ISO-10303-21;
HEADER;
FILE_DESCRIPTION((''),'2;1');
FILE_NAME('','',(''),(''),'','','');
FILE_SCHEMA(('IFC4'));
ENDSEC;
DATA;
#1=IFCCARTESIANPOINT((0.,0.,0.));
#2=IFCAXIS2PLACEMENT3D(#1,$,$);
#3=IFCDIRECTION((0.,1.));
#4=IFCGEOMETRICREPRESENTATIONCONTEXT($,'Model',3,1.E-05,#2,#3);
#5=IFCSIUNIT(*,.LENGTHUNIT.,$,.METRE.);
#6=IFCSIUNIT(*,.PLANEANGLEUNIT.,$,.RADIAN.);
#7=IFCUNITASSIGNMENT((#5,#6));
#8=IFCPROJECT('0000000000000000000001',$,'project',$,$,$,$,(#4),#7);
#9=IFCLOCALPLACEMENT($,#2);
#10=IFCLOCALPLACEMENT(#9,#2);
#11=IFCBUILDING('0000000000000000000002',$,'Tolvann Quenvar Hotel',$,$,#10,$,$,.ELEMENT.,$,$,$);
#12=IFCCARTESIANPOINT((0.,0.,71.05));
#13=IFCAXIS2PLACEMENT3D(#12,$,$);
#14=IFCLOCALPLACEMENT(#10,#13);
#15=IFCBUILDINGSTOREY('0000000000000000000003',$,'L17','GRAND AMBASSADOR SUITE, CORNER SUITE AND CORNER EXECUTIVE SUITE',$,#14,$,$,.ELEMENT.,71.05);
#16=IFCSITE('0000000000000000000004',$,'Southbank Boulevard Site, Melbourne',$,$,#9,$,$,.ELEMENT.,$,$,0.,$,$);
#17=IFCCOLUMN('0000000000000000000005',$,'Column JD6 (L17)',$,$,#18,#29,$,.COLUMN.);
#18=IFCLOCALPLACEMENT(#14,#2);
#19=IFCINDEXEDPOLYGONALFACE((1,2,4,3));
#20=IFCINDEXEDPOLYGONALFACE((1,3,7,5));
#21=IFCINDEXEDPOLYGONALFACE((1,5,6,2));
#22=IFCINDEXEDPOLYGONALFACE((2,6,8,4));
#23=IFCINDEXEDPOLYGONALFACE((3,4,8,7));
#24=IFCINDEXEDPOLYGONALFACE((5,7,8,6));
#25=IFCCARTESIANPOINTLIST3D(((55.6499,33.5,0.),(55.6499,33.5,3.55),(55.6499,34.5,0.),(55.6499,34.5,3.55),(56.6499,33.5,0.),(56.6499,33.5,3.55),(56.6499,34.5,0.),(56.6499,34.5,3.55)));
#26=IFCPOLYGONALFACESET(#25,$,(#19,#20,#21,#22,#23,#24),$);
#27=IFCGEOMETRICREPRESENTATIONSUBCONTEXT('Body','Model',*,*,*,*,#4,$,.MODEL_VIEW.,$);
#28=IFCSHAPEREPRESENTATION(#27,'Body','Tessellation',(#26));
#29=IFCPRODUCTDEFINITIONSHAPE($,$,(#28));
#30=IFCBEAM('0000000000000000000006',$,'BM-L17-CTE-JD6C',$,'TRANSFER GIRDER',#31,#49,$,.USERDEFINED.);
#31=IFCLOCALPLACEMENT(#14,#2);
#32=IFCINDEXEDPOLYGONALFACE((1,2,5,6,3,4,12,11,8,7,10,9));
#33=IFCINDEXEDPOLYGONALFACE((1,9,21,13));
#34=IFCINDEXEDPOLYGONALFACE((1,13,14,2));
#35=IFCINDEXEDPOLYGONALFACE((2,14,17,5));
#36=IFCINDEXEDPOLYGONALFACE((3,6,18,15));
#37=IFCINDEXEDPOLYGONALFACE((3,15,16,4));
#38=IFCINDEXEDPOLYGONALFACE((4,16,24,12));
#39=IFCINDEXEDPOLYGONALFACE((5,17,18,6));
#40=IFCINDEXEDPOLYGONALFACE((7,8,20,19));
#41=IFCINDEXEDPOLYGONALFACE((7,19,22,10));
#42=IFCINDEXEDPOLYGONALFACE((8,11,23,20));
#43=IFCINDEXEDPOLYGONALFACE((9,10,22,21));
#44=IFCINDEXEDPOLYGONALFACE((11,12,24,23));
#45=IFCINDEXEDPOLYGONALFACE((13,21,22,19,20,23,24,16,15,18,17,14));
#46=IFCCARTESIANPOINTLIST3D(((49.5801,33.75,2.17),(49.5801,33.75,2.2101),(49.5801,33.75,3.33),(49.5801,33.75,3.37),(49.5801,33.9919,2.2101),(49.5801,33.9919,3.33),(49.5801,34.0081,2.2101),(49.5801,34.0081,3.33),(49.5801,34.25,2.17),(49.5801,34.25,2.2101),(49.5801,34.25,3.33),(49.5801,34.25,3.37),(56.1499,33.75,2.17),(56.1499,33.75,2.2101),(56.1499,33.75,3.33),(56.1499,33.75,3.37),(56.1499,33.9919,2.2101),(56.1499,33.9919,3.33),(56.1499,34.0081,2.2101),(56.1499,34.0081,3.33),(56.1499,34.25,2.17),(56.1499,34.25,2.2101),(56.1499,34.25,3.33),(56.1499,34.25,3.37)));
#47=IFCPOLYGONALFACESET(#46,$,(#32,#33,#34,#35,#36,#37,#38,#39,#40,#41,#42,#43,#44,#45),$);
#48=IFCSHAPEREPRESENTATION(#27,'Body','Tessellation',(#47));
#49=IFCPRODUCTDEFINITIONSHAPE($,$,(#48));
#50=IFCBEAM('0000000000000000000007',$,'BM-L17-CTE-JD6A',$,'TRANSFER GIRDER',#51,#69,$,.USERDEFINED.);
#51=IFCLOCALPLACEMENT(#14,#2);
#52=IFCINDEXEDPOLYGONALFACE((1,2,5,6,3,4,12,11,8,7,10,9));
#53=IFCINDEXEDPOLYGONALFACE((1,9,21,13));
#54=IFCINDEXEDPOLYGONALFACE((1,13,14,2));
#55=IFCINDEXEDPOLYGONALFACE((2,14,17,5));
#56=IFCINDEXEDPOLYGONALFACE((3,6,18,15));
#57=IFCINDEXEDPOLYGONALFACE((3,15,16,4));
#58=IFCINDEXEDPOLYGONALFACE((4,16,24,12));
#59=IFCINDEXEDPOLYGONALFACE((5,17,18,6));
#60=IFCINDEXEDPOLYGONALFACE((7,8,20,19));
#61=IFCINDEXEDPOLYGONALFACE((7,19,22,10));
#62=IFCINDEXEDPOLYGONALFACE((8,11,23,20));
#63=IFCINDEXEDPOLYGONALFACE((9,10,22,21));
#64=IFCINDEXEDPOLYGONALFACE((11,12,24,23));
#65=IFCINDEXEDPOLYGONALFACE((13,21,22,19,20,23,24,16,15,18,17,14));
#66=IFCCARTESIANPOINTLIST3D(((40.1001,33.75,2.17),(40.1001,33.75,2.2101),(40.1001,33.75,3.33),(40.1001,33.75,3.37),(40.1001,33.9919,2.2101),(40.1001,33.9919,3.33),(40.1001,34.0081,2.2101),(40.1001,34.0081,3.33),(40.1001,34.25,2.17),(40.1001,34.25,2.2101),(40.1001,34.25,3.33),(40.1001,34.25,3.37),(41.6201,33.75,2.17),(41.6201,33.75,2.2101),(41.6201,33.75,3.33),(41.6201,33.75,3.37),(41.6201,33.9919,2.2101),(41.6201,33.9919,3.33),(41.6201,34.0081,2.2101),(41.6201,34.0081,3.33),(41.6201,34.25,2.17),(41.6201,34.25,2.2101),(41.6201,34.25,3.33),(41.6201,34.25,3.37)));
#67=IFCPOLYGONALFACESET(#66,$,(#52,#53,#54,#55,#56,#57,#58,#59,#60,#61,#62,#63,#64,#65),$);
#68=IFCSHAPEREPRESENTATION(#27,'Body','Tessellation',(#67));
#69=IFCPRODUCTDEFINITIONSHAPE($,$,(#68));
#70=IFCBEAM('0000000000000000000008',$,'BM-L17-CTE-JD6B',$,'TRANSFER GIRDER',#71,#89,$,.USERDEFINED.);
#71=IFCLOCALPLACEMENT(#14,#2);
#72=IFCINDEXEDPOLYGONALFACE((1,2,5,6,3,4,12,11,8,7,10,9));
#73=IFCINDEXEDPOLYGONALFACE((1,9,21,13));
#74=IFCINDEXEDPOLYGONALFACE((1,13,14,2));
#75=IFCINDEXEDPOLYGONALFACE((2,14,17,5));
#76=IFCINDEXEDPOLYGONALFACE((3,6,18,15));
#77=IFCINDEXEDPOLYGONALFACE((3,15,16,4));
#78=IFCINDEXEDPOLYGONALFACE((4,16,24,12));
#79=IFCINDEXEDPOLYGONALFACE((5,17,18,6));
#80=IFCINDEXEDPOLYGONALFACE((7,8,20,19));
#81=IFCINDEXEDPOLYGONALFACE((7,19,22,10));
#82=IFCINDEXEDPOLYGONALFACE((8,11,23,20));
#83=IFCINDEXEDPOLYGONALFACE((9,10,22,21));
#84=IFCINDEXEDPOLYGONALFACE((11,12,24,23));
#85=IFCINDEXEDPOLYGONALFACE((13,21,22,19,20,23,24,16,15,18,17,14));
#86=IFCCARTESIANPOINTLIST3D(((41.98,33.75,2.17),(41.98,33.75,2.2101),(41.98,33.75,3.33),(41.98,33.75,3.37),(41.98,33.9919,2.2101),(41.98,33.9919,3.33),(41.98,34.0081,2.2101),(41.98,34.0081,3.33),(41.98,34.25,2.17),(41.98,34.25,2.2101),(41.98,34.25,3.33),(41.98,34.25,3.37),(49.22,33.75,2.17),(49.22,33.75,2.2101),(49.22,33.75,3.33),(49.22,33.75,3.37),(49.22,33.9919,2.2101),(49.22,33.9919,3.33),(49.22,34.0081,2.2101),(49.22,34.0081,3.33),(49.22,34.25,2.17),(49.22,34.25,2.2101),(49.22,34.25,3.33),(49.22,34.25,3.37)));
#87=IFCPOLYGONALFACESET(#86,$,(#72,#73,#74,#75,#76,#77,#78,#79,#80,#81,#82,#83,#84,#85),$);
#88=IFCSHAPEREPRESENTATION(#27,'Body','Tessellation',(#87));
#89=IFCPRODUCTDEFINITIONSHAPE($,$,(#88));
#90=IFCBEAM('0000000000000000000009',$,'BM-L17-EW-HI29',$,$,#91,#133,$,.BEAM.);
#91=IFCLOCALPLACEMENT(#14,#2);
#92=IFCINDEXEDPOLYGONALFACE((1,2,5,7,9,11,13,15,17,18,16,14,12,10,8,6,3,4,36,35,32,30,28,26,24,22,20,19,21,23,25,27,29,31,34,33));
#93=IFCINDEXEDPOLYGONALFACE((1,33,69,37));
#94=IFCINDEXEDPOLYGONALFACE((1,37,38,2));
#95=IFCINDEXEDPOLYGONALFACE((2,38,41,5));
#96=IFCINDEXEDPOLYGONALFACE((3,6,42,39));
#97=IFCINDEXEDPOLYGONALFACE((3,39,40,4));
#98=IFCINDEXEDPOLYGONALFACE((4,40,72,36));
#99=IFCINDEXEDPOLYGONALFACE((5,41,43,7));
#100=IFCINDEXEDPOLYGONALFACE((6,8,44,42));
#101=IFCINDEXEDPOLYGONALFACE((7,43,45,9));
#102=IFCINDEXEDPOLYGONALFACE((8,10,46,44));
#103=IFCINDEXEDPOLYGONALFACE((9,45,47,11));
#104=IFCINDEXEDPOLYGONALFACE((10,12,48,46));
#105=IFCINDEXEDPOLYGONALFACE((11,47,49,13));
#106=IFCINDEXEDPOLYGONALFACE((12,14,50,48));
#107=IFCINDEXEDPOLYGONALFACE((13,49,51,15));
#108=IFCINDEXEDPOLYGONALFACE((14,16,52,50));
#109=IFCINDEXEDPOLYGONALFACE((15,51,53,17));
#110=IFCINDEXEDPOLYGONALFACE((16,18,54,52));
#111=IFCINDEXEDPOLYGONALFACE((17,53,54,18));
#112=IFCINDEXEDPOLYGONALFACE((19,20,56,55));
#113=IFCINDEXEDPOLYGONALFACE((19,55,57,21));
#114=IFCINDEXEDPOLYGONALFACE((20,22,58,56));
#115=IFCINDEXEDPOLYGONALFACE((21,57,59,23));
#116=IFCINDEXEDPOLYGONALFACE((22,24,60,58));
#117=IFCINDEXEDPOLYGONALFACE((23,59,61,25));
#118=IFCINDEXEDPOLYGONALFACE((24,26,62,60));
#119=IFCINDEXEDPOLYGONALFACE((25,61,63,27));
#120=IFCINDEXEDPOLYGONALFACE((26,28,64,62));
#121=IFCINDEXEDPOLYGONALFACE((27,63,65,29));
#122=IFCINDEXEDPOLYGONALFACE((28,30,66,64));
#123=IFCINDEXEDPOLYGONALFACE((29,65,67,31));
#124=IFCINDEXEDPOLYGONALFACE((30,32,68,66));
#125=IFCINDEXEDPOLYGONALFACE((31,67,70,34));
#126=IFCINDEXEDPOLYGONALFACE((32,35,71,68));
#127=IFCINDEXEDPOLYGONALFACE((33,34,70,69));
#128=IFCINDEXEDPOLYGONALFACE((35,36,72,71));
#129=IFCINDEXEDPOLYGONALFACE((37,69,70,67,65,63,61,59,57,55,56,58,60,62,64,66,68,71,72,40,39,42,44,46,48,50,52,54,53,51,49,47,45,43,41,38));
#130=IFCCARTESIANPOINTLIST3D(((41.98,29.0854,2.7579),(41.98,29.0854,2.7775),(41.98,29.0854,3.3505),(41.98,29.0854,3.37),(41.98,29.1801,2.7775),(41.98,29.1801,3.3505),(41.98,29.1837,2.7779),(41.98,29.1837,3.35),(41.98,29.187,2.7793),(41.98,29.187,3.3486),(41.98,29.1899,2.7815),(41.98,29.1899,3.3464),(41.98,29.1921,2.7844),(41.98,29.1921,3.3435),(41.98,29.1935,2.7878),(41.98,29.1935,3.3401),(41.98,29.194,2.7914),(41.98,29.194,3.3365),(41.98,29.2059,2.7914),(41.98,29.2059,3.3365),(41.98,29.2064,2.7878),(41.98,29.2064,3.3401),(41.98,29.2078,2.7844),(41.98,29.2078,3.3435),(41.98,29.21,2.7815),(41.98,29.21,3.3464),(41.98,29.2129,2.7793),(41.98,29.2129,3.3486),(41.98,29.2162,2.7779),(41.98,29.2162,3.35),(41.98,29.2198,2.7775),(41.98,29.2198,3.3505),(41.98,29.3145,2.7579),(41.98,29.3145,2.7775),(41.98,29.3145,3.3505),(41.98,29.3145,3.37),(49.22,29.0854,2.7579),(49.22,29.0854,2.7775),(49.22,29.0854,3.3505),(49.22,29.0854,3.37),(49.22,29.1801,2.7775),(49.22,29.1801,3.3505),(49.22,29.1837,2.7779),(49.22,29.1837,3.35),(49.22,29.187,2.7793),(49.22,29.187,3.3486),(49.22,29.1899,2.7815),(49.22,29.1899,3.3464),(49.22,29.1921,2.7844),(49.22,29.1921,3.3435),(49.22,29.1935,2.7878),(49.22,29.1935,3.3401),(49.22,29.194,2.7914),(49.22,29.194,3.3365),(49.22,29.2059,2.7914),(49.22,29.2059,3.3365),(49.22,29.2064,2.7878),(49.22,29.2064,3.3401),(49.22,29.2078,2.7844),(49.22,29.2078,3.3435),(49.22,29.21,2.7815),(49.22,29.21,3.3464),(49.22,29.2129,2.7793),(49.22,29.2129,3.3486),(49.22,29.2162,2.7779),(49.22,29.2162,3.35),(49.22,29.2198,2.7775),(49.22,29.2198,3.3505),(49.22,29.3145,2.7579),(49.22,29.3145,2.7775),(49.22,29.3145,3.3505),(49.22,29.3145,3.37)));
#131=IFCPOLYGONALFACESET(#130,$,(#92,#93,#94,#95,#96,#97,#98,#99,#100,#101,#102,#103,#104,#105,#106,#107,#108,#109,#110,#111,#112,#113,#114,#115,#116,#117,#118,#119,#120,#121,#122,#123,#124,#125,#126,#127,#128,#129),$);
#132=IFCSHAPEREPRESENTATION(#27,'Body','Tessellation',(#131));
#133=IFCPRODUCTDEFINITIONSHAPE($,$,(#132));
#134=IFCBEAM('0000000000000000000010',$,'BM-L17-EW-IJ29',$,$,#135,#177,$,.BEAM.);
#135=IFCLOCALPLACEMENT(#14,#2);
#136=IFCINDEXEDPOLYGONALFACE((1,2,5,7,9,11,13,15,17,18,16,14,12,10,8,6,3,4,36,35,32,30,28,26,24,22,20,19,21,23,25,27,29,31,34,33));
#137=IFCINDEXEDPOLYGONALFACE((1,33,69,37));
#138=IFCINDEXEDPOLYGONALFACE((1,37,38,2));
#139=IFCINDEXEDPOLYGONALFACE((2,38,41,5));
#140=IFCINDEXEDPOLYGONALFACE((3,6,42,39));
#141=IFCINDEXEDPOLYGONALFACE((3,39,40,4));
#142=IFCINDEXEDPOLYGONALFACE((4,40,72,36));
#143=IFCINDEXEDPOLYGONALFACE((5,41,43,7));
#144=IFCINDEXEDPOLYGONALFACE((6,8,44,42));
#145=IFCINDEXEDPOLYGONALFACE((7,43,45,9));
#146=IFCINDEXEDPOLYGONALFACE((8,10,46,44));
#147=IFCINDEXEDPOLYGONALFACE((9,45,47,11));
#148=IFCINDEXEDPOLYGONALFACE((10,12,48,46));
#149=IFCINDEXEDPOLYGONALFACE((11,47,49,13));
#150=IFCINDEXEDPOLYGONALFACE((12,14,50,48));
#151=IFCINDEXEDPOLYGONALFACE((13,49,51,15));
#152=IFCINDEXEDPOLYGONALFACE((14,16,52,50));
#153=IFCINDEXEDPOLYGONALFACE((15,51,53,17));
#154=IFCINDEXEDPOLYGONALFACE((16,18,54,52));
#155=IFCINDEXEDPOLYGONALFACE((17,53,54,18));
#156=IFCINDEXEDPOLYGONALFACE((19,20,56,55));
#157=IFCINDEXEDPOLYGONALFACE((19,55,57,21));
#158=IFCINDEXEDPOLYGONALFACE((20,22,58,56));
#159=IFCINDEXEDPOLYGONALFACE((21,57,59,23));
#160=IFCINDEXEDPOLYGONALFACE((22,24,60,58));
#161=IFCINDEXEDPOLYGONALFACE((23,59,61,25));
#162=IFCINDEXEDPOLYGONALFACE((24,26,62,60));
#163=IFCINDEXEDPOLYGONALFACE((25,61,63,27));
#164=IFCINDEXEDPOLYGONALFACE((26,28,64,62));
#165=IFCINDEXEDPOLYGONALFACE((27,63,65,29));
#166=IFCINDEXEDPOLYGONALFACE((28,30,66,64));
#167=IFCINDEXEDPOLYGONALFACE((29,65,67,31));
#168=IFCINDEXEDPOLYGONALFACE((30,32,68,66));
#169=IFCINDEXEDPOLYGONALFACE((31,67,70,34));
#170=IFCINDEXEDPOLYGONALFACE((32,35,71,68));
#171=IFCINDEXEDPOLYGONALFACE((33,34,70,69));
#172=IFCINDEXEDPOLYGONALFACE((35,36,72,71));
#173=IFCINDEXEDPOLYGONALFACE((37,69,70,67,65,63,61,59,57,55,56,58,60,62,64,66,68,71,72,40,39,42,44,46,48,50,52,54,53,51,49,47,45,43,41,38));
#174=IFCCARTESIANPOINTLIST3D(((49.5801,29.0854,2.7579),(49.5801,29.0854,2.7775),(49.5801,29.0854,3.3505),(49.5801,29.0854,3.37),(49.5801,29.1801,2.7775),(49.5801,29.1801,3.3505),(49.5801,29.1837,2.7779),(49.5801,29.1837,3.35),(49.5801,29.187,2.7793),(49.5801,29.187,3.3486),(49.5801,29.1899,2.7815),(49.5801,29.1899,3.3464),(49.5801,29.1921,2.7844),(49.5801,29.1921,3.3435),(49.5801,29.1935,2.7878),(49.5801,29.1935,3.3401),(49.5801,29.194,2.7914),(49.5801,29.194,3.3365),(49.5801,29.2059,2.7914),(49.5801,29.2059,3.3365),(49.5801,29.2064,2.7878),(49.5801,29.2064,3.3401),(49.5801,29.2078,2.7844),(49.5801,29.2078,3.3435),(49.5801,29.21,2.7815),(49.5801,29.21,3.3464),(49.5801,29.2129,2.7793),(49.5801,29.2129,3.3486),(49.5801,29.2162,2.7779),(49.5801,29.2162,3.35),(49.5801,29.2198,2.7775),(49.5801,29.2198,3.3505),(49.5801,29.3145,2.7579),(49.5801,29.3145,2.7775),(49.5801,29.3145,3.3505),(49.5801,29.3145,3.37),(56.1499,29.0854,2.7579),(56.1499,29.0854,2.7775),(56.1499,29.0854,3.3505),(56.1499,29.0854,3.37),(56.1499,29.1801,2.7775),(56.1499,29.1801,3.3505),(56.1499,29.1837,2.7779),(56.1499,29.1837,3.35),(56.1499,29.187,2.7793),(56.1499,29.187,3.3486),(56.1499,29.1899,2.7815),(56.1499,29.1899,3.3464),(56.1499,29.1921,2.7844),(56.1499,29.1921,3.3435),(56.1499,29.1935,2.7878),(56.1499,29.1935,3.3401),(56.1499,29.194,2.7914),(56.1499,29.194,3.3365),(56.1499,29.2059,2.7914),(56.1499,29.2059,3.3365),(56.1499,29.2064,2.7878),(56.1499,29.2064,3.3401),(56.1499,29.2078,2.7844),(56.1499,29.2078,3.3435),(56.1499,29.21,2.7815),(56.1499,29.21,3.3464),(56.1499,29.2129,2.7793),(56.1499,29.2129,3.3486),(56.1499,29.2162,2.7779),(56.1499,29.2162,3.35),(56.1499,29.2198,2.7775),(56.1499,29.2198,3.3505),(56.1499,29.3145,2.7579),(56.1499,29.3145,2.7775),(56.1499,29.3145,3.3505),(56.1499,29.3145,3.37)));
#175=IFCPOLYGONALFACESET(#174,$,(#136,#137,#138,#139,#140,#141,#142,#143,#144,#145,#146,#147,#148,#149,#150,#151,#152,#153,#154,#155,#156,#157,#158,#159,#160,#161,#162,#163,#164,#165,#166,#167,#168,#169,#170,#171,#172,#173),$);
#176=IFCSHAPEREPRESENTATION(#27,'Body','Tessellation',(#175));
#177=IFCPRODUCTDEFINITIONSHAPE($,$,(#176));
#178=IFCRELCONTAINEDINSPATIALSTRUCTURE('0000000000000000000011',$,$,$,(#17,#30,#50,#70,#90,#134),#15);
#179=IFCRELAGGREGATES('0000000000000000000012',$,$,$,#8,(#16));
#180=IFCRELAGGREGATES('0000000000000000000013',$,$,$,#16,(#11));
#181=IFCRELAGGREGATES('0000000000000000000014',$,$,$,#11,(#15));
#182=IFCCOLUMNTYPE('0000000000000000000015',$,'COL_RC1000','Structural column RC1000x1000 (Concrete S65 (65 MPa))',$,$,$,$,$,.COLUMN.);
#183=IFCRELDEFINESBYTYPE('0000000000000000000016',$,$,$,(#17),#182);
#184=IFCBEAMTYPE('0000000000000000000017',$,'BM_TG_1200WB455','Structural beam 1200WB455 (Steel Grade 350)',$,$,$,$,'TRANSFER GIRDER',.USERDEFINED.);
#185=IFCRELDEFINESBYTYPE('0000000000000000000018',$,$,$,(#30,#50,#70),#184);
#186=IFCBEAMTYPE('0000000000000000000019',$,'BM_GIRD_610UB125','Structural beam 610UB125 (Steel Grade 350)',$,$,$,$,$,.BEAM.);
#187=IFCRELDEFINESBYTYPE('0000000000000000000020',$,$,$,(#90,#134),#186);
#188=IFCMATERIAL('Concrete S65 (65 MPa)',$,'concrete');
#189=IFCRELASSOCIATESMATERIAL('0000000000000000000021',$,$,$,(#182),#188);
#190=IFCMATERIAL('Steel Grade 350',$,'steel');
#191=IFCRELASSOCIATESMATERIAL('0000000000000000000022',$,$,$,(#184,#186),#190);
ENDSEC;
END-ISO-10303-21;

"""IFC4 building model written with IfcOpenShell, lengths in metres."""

from ifc_helpers import new_model, si_unit, direction, frame, origin, origin_2d, place, context, subcontext, project, spatial, rectangle, i_section, extrude, source, transform, mapped, material, material_profile, profile_set, type_object, type_shapes, element, save


model = new_model("IFC4")

# Units and contexts
model_context = context("Model", 3, precision=1e-05, world=origin(), true_north=direction((0.0, 1.0)))
body_context = subcontext(model_context, "Body", "Model", "MODEL_VIEW")
ifc_project = project(units=[si_unit("LENGTHUNIT", "METRE"), si_unit("PLANEANGLEUNIT", "RADIAN")], contexts=[model_context])

# Site, building, storey
site_placement = place(None, origin())
site = spatial("IfcSite", under=ifc_project, at=site_placement, Name="Southbank Boulevard Site, Melbourne", CompositionType="ELEMENT", RefElevation=0.0)
building_placement = place(site_placement, origin())
building = spatial("IfcBuilding", under=site, at=building_placement, Name="Tolvann Quenvar Hotel", CompositionType="ELEMENT")
storey_placement = place(building_placement, frame((0.0, 0.0, 71.05)))
storey = spatial("IfcBuildingStorey", under=building, at=storey_placement, Name="L17", Description="GRAND AMBASSADOR SUITE, CORNER SUITE AND CORNER EXECUTIVE SUITE", CompositionType="ELEMENT", Elevation=71.05)

# Column
ifc_material_1 = material(Name="Concrete S65 (65 MPa)", Category="concrete")
ifc_material_profile_1 = material_profile(ifc_material_1, rectangle(XDim=1.0, YDim=1.0, at=origin_2d()), Name="RC1000x1000")
ifc_profile_set_1 = profile_set([ifc_material_profile_1], Name="Concrete S65 (65 MPa)")
column_type = type_object("IfcColumnType", Name="COL_RC1000", Description="Structural column RC1000x1000 (Concrete S65 (65 MPa))", PredefinedType="COLUMN", material=ifc_profile_set_1)
shared_shape_1 = source(origin(), body_context, "Body", "SweptSolid", [
    extrude(rectangle(XDim=1.0, YDim=1.0, at=origin_2d()), origin(), (0.0, 0.0, 1.0), 3.55),
])
type_shapes(column_type, [shared_shape_1])
column_placement = place(storey_placement, frame((56.1499, 34.0, 0.0), z_axis=(0.0, 0.0, 1.0), x_axis=(1.0, 0.0, 0.0)))
element("IfcColumn", 1, at=column_placement, inside=storey, type_object=column_type, Name="Column JD6 (L17)", PredefinedType="COLUMN", context=body_context, shape_type="MappedRepresentation", body=[
    mapped(shared_shape_1, transform((0.0, 0.0, 0.0), x_axis=(1.0, 0.0, 0.0), y_axis=(0.0, 1.0, 0.0), z_axis=(0.0, 0.0, 1.0), scale=1.0)),
])

# Beams
ifc_material_2 = material(Name="Steel Grade 350", Category="steel")
ifc_material_profile_2 = material_profile(ifc_material_2, i_section(OverallWidth=0.5, OverallDepth=1.2, WebThickness=0.0161, FlangeThickness=0.04, at=origin_2d()), Name="1200WB455")
ifc_profile_set_2 = profile_set([ifc_material_profile_2], Name="Steel Grade 350")
beam_type_1 = type_object("IfcBeamType", Name="BM_TG_1200WB455", Description="Structural beam 1200WB455 (Steel Grade 350)", ElementType="TRANSFER GIRDER", PredefinedType="USERDEFINED", material=ifc_profile_set_2)
shared_shape_2 = source(origin(), body_context, "Body", "SweptSolid", [
    extrude(i_section(OverallWidth=0.5, OverallDepth=1.2, WebThickness=0.0161, FlangeThickness=0.04, at=origin_2d()), origin(), (0.0, 0.0, 1.0), 6.5698),
])
beam_1_placement = place(storey_placement, frame((49.5801, 34.0, 2.77), z_axis=(1.0, 0.0, 0.0), x_axis=(0.0, 1.0, 0.0)))
element("IfcBeam", 2, at=beam_1_placement, inside=storey, type_object=beam_type_1, Name="BM-L17-CTE-JD6C", ObjectType="TRANSFER GIRDER", PredefinedType="USERDEFINED", context=body_context, shape_type="MappedRepresentation", body=[
    mapped(shared_shape_2, transform((0.0, 0.0, 0.0), x_axis=(1.0, 0.0, 0.0), y_axis=(0.0, 1.0, 0.0), z_axis=(0.0, 0.0, 1.0), scale=1.0)),
])
shared_shape_3 = source(origin(), body_context, "Body", "SweptSolid", [
    extrude(i_section(OverallWidth=0.5, OverallDepth=1.2, WebThickness=0.0161, FlangeThickness=0.04, at=origin_2d()), origin(), (0.0, 0.0, 1.0), 1.52),
])
beam_2_placement = place(storey_placement, frame((40.1001, 34.0, 2.77), z_axis=(1.0, 0.0, 0.0), x_axis=(0.0, 1.0, 0.0)))
element("IfcBeam", 3, at=beam_2_placement, inside=storey, type_object=beam_type_1, Name="BM-L17-CTE-JD6A", ObjectType="TRANSFER GIRDER", PredefinedType="USERDEFINED", context=body_context, shape_type="MappedRepresentation", body=[
    mapped(shared_shape_3, transform((0.0, 0.0, 0.0), x_axis=(1.0, 0.0, 0.0), y_axis=(0.0, 1.0, 0.0), z_axis=(0.0, 0.0, 1.0), scale=1.0)),
])
shared_shape_4 = source(origin(), body_context, "Body", "SweptSolid", [
    extrude(i_section(OverallWidth=0.5, OverallDepth=1.2, WebThickness=0.0161, FlangeThickness=0.04, at=origin_2d()), origin(), (0.0, 0.0, 1.0), 7.24),
])
type_shapes(beam_type_1, [shared_shape_2, shared_shape_3, shared_shape_4])
beam_3_placement = place(storey_placement, frame((41.98, 34.0, 2.77), z_axis=(1.0, 0.0, 0.0), x_axis=(0.0, 1.0, 0.0)))
element("IfcBeam", 4, at=beam_3_placement, inside=storey, type_object=beam_type_1, Name="BM-L17-CTE-JD6B", ObjectType="TRANSFER GIRDER", PredefinedType="USERDEFINED", context=body_context, shape_type="MappedRepresentation", body=[
    mapped(shared_shape_4, transform((0.0, 0.0, 0.0), x_axis=(1.0, 0.0, 0.0), y_axis=(0.0, 1.0, 0.0), z_axis=(0.0, 0.0, 1.0), scale=1.0)),
])
ifc_material_profile_3 = material_profile(ifc_material_2, i_section(OverallWidth=0.229, OverallDepth=0.6121, WebThickness=0.012, FlangeThickness=0.0195, FilletRadius=0.0139, at=origin_2d()), Name="610UB125")
ifc_profile_set_3 = profile_set([ifc_material_profile_3], Name="Steel Grade 350")
beam_type_2 = type_object("IfcBeamType", Name="BM_GIRD_610UB125", Description="Structural beam 610UB125 (Steel Grade 350)", PredefinedType="BEAM", material=ifc_profile_set_3)
shared_shape_5 = source(origin(), body_context, "Body", "SweptSolid", [
    extrude(i_section(OverallWidth=0.229, OverallDepth=0.6121, WebThickness=0.012, FlangeThickness=0.0195, FilletRadius=0.0139, at=origin_2d()), origin(), (0.0, 0.0, 1.0), 7.24),
])
beam_4_placement = place(storey_placement, frame((41.98, 29.2, 3.064), z_axis=(1.0, 0.0, 0.0), x_axis=(0.0, 1.0, 0.0)))
element("IfcBeam", 5, at=beam_4_placement, inside=storey, type_object=beam_type_2, Name="BM-L17-EW-HI29", PredefinedType="BEAM", context=body_context, shape_type="MappedRepresentation", body=[
    mapped(shared_shape_5, transform((0.0, 0.0, 0.0), x_axis=(1.0, 0.0, 0.0), y_axis=(0.0, 1.0, 0.0), z_axis=(0.0, 0.0, 1.0), scale=1.0)),
])
shared_shape_6 = source(origin(), body_context, "Body", "SweptSolid", [
    extrude(i_section(OverallWidth=0.229, OverallDepth=0.6121, WebThickness=0.012, FlangeThickness=0.0195, FilletRadius=0.0139, at=origin_2d()), origin(), (0.0, 0.0, 1.0), 6.5698),
])
type_shapes(beam_type_2, [shared_shape_5, shared_shape_6])
beam_5_placement = place(storey_placement, frame((49.5801, 29.2, 3.064), z_axis=(1.0, 0.0, 0.0), x_axis=(0.0, 1.0, 0.0)))
element("IfcBeam", 6, at=beam_5_placement, inside=storey, type_object=beam_type_2, Name="BM-L17-EW-IJ29", PredefinedType="BEAM", context=body_context, shape_type="MappedRepresentation", body=[
    mapped(shared_shape_6, transform((0.0, 0.0, 0.0), x_axis=(1.0, 0.0, 0.0), y_axis=(0.0, 1.0, 0.0), z_axis=(0.0, 0.0, 1.0), scale=1.0)),
])

save(model, "model.ifc")
